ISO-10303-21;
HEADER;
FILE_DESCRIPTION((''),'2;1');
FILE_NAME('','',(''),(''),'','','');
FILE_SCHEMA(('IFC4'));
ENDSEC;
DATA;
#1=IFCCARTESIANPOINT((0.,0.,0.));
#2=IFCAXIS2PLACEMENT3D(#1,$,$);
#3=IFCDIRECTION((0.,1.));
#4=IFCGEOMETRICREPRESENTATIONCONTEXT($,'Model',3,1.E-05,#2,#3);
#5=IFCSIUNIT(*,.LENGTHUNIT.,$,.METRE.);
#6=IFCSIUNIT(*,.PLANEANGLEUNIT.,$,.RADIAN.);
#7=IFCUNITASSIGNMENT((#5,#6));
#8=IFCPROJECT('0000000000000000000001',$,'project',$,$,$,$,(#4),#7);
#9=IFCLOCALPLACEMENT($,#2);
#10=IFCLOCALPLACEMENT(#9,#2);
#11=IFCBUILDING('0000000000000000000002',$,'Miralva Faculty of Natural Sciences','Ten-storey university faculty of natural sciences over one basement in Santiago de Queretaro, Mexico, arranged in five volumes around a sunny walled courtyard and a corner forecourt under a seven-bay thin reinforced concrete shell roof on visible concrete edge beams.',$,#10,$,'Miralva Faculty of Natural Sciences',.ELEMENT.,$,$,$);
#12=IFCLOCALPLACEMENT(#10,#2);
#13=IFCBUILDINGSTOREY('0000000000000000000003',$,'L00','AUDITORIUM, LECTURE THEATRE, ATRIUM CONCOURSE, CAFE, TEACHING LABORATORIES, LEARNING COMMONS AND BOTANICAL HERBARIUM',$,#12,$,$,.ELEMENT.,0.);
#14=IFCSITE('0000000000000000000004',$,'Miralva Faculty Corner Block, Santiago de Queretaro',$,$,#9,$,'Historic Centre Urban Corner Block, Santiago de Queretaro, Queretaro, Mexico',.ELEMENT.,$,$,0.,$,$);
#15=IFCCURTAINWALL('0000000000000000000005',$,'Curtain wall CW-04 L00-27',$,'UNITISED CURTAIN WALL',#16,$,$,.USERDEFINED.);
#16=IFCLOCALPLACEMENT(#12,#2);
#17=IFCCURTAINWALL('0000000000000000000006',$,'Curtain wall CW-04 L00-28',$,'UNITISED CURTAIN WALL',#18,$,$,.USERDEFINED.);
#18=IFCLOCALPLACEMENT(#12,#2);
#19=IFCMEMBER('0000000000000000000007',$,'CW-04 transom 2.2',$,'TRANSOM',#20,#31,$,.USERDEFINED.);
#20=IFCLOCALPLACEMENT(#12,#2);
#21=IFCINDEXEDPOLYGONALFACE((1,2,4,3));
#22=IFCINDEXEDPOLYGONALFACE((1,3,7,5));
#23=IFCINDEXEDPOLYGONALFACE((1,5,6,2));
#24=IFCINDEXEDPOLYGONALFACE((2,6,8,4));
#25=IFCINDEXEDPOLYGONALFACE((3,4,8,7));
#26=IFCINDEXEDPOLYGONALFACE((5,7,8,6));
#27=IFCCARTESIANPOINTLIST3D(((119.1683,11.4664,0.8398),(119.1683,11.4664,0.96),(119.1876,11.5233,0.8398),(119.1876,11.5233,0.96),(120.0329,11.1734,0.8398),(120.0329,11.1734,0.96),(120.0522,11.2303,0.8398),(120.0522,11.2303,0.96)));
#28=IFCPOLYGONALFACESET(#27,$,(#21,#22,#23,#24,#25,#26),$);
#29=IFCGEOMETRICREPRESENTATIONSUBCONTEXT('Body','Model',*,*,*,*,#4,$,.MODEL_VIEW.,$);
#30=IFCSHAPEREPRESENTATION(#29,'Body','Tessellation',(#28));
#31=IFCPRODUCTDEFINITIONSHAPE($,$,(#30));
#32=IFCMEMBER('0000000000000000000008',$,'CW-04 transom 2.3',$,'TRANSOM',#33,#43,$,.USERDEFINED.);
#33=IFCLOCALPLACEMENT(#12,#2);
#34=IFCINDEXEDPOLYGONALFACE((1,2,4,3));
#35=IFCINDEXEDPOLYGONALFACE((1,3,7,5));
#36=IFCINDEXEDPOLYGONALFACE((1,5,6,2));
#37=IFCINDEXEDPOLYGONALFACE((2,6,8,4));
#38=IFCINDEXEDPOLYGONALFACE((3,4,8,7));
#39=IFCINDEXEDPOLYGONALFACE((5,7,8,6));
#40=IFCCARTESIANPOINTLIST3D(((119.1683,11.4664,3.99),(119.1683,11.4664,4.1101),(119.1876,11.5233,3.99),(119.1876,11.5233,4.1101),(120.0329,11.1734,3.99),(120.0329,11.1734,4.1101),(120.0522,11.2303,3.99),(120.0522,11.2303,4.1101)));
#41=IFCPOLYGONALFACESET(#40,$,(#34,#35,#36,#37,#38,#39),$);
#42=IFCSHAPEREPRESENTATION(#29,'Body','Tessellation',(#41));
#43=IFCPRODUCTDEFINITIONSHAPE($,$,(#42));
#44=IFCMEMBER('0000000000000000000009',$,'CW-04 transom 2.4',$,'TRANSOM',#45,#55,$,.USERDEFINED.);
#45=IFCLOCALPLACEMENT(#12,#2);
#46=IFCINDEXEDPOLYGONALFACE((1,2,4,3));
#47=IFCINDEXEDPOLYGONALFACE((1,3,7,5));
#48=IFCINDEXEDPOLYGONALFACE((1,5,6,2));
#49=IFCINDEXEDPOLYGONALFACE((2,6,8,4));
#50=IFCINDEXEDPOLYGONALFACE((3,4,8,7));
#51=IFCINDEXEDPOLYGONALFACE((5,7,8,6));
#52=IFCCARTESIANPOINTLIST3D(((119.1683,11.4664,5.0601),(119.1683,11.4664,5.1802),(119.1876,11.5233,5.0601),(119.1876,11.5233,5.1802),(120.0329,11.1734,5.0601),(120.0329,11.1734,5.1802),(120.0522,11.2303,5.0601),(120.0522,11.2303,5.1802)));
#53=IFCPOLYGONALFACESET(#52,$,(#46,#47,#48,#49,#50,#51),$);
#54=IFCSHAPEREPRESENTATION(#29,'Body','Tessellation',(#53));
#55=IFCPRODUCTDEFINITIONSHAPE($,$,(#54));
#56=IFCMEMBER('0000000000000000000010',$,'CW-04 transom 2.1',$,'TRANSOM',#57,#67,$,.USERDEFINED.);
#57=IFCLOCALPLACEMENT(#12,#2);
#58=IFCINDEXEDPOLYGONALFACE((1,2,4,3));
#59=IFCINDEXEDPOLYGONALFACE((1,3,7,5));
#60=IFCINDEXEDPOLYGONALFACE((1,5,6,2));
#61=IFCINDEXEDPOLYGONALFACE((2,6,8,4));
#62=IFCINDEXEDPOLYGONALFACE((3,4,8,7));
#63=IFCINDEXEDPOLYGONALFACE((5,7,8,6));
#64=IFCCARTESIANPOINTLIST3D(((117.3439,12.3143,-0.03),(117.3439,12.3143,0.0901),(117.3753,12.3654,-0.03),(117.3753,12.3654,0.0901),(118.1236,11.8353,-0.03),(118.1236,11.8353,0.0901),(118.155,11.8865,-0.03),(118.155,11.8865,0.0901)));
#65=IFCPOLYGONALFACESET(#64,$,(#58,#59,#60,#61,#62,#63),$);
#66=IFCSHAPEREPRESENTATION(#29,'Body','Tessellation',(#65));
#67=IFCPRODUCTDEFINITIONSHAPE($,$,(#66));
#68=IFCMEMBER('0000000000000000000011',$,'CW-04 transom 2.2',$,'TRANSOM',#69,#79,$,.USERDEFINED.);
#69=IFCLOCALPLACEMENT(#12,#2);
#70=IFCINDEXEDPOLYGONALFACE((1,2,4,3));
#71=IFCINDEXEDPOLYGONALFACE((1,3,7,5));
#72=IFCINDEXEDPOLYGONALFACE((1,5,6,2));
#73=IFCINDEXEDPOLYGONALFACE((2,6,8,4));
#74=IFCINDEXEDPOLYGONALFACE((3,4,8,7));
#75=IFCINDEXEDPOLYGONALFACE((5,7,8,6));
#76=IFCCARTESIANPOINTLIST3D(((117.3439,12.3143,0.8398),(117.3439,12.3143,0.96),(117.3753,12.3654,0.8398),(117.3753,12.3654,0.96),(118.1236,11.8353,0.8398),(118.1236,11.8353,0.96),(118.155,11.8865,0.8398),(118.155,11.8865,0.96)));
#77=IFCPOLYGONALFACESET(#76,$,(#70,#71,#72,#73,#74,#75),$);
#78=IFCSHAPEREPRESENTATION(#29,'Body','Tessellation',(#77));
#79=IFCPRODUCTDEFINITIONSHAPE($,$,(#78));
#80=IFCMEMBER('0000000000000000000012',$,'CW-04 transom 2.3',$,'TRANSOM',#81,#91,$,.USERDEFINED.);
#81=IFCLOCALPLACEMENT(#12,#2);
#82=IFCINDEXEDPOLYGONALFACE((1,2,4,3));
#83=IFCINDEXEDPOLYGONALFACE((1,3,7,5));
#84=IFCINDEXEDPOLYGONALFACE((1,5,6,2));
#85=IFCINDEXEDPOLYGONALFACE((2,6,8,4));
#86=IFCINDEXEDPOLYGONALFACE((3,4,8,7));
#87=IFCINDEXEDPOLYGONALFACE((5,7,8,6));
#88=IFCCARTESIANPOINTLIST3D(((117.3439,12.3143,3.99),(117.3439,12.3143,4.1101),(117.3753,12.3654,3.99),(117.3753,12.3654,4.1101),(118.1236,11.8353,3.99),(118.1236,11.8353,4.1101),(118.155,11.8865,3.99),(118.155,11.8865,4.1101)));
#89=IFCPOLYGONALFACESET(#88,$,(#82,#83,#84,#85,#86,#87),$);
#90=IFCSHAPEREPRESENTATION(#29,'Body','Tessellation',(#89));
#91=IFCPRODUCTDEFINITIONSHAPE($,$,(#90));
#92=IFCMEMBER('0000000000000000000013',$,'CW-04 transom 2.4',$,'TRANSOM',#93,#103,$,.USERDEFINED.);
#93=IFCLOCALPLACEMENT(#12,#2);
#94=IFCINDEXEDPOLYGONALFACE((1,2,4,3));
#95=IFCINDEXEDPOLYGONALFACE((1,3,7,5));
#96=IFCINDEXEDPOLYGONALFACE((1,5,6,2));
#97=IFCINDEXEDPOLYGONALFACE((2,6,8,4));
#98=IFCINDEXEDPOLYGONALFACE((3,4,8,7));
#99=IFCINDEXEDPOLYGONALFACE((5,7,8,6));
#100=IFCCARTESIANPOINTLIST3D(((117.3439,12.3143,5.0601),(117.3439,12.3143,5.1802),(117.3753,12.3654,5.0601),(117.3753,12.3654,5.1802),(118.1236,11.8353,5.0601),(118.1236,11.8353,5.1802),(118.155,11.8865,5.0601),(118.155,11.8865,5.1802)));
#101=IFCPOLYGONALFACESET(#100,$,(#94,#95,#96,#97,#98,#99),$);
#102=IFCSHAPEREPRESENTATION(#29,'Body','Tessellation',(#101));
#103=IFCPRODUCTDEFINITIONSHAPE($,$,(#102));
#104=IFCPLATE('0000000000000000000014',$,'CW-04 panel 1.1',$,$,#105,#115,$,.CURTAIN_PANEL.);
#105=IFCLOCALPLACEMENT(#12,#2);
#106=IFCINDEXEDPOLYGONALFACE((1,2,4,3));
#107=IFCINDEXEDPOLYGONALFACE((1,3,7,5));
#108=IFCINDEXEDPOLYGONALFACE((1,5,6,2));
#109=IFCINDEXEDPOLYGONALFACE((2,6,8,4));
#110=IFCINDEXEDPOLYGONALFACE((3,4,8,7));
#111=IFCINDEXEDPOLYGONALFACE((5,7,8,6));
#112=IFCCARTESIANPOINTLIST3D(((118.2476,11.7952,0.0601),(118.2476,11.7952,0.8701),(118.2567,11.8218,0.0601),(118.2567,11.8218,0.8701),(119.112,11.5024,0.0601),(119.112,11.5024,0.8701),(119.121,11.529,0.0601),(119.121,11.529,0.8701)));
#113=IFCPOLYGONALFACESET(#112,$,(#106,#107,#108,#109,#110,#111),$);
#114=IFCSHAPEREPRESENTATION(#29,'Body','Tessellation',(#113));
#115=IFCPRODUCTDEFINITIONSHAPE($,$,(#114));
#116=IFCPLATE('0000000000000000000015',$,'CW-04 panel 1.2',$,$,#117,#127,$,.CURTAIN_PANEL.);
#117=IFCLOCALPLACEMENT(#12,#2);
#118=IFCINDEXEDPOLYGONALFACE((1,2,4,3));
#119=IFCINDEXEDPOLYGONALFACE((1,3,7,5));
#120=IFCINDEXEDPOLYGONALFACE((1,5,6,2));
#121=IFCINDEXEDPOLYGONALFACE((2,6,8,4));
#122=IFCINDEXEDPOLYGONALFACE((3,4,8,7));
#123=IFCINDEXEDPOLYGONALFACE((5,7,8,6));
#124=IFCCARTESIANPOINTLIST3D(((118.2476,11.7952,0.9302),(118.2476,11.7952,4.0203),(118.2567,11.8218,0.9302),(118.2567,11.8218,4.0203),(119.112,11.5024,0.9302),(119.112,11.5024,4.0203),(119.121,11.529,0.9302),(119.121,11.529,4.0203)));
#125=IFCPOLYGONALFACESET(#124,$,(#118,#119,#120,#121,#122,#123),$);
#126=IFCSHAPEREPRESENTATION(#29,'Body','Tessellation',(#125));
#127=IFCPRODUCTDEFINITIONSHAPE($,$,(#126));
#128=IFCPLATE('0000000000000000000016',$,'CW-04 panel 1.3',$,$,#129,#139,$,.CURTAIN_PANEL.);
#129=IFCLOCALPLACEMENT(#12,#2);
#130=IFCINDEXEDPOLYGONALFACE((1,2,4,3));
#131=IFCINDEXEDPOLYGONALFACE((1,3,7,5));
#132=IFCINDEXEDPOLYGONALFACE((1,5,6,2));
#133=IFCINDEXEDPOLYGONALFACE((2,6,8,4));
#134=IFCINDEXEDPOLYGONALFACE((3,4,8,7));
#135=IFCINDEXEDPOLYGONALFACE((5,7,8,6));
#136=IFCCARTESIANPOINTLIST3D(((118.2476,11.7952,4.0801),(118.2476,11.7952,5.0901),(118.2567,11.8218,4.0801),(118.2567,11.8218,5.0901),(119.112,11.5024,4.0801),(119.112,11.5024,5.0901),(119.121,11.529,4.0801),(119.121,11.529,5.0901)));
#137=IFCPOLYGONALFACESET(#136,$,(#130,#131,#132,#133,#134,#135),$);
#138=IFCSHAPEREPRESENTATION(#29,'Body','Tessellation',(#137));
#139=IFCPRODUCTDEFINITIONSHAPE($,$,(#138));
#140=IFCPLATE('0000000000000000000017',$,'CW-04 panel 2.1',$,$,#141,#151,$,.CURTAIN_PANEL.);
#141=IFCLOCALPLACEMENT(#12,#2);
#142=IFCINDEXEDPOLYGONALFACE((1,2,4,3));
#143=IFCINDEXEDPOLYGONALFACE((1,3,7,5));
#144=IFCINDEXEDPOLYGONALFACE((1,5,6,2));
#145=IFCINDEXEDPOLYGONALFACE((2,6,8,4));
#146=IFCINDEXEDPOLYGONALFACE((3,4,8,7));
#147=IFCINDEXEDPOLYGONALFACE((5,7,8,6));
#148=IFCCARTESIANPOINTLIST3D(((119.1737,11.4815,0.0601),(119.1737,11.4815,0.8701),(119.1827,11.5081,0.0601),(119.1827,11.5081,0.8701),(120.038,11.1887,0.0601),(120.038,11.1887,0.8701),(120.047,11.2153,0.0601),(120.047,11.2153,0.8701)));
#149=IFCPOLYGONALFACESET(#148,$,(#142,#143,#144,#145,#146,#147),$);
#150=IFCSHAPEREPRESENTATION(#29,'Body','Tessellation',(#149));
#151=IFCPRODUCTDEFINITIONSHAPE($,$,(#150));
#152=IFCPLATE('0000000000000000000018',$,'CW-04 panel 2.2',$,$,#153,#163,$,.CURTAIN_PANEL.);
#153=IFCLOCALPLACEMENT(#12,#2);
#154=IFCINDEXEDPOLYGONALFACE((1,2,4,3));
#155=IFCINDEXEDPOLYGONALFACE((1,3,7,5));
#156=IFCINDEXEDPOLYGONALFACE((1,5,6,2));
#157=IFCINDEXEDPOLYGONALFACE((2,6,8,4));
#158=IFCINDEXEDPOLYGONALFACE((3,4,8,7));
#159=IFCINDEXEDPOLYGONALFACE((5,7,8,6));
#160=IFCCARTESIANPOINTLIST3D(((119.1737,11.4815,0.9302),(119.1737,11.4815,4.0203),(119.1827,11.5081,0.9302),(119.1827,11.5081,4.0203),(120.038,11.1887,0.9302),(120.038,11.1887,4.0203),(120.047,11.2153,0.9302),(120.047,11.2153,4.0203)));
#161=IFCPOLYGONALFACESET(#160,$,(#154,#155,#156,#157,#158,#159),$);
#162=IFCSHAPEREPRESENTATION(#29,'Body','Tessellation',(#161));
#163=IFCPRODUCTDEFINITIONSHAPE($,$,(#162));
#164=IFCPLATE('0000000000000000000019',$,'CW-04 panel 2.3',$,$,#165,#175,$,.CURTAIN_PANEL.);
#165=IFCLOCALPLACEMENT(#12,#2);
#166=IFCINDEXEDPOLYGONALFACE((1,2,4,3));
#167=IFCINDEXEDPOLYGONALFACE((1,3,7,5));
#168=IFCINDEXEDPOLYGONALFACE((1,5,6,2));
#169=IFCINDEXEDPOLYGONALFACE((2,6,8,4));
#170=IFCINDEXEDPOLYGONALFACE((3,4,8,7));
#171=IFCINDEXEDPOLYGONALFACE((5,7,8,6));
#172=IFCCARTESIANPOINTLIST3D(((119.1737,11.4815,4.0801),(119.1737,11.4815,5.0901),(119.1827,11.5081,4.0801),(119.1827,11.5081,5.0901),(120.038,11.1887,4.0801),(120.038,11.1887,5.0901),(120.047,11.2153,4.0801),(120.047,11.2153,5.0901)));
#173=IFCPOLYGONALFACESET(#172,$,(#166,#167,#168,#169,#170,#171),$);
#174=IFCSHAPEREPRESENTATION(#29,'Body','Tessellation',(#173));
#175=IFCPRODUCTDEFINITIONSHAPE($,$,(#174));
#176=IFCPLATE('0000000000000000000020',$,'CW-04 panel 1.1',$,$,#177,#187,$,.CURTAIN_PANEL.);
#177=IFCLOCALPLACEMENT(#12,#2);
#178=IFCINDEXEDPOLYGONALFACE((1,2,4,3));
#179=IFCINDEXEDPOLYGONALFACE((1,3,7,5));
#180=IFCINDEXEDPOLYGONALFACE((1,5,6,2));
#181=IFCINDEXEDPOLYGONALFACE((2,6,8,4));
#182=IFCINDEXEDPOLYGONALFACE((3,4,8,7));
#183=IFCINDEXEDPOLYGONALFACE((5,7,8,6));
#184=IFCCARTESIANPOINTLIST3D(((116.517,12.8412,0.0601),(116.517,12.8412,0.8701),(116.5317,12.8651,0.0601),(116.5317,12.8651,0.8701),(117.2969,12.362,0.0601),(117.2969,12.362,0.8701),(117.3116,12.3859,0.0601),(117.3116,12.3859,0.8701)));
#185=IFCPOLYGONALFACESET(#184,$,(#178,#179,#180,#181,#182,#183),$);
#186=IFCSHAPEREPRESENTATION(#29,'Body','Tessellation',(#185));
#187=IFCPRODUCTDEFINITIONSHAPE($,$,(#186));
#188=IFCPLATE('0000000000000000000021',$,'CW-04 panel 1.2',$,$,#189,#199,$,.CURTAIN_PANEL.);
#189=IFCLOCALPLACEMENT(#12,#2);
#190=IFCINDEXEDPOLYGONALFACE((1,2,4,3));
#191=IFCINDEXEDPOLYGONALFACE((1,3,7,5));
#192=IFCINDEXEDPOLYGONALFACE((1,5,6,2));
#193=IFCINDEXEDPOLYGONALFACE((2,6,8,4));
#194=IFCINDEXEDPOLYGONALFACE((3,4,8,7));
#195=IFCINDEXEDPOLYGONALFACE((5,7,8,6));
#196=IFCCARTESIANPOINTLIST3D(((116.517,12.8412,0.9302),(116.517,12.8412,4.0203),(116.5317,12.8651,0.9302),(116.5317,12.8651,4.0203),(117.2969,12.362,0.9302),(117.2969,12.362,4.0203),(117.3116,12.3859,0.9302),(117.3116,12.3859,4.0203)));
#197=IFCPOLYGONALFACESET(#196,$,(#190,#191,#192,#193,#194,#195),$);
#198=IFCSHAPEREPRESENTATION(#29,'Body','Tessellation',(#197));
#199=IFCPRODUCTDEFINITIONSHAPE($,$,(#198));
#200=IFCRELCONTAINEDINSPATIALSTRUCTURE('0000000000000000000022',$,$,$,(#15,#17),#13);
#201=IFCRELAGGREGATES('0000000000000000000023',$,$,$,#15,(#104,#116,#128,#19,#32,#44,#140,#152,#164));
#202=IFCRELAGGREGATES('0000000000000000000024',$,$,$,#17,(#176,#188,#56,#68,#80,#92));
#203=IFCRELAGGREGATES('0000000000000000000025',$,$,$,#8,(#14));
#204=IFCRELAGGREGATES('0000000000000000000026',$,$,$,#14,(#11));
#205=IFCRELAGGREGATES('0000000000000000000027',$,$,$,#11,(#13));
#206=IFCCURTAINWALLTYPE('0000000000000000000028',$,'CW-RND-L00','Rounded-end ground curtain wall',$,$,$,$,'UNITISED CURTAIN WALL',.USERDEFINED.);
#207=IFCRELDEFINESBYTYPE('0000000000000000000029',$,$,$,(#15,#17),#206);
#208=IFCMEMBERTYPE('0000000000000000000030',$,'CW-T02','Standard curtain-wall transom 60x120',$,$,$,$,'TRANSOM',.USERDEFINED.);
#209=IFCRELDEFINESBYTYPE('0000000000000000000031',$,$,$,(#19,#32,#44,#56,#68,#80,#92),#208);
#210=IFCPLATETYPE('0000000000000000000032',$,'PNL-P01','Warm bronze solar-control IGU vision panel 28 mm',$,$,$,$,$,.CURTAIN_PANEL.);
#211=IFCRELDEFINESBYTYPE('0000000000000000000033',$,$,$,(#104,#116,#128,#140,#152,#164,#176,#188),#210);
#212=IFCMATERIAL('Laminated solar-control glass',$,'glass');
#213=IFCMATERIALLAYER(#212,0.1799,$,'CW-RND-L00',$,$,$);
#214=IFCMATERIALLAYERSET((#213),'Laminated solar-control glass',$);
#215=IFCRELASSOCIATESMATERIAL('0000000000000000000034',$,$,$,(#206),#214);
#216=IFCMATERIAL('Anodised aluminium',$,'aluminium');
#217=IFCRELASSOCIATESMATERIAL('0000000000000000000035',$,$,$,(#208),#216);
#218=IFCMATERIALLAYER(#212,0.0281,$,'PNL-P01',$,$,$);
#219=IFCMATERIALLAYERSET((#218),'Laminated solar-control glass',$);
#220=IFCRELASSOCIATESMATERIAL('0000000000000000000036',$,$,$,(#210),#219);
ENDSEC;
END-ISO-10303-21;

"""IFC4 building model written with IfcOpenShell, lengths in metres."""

from ifc_helpers import new_model, si_unit, direction, frame, origin, origin_2d, place, context, subcontext, project, spatial, rectangle, extrude, material, layer, layer_set, material_profile, profile_set, type_object, element, aggregate, save


model = new_model("IFC4")

# Units and contexts
model_context = context("Model", 3, precision=1e-05, world=origin(), true_north=direction((0.0, 1.0)))
body_context = subcontext(model_context, "Body", "Model", "MODEL_VIEW")
ifc_project = project(units=[si_unit("LENGTHUNIT", "METRE"), si_unit("PLANEANGLEUNIT", "RADIAN")], contexts=[model_context])

# Site, building, storey
site_placement = place(None, origin())
site = spatial("IfcSite", under=ifc_project, at=site_placement, Name="Miralva Faculty Corner Block, Santiago de Queretaro", LongName="Historic Centre Urban Corner Block, Santiago de Queretaro, Queretaro, Mexico", CompositionType="ELEMENT", RefElevation=0.0)
building_placement = place(site_placement, origin())
building = spatial("IfcBuilding", under=site, at=building_placement, Name="Miralva Faculty of Natural Sciences", Description="Ten-storey university faculty of natural sciences over one basement in Santiago de Queretaro, Mexico, arranged in five volumes around a sunny walled courtyard and a corner forecourt under a seven-bay thin reinforced concrete shell roof on visible concrete edge beams.", LongName="Miralva Faculty of Natural Sciences", CompositionType="ELEMENT")
storey_placement = place(building_placement, origin())
storey = spatial("IfcBuildingStorey", under=building, at=storey_placement, Name="L00", Description="AUDITORIUM, LECTURE THEATRE, ATRIUM CONCOURSE, CAFE, TEACHING LABORATORIES, LEARNING COMMONS AND BOTANICAL HERBARIUM", CompositionType="ELEMENT", Elevation=0.0)

# Shared definitions
ifc_material_1 = material(Name="Laminated solar-control glass", Category="glass")
ifc_layer_1 = layer(ifc_material_1, 0.1799, Name="CW-RND-L00")
ifc_layer_set_1 = layer_set([ifc_layer_1], Name="Laminated solar-control glass")
curtain_wall_type = type_object("IfcCurtainWallType", Name="CW-RND-L00", Description="Rounded-end ground curtain wall", ElementType="UNITISED CURTAIN WALL", PredefinedType="USERDEFINED", material=ifc_layer_set_1)
ifc_material_2 = material(Name="Anodised aluminium", Category="aluminium")

# Curtain walls
curtain_wall_1_placement = place(storey_placement, origin())
curtain_wall_1 = element("IfcCurtainWall", 1, at=curtain_wall_1_placement, inside=storey, type_object=curtain_wall_type, Name="Curtain wall CW-04 L00-27", ObjectType="UNITISED CURTAIN WALL", PredefinedType="USERDEFINED")
curtain_wall_2_placement = place(storey_placement, origin())
curtain_wall_2 = element("IfcCurtainWall", 2, at=curtain_wall_2_placement, inside=storey, type_object=curtain_wall_type, Name="Curtain wall CW-04 L00-28", ObjectType="UNITISED CURTAIN WALL", PredefinedType="USERDEFINED")

# Members
ifc_material_profile_1 = material_profile(ifc_material_2, rectangle(XDim=0.0601, YDim=0.1201, at=origin_2d()), Name="TRANSOM 60x120")
ifc_profile_set_1 = profile_set([ifc_material_profile_1], Name="Anodised aluminium")
member_type_1 = type_object("IfcMemberType", Name="CW-T02", Description="Standard curtain-wall transom 60x120", ElementType="TRANSOM", PredefinedType="USERDEFINED", material=ifc_profile_set_1)
member_1_placement = place(storey_placement, frame((119.178, 11.4949, 0.8999), z_axis=(0.947093, -0.320958, 0.0), x_axis=(0.320958, 0.947093, 0.0)))
member_1 = element("IfcMember", 3, at=member_1_placement, type_object=member_type_1, Name="CW-04 transom 2.2", ObjectType="TRANSOM", PredefinedType="USERDEFINED", context=body_context, shape_type="SweptSolid", body=[
    extrude(rectangle(XDim=0.0601, YDim=0.1201, at=origin_2d()), origin(), (0.0, 0.0, 1.0), 0.9128),
])
member_2_placement = place(storey_placement, frame((119.178, 11.4949, 4.05), z_axis=(0.947093, -0.320958, 0.0), x_axis=(0.320958, 0.947093, 0.0)))
member_2 = element("IfcMember", 4, at=member_2_placement, type_object=member_type_1, Name="CW-04 transom 2.3", ObjectType="TRANSOM", PredefinedType="USERDEFINED", context=body_context, shape_type="SweptSolid", body=[
    extrude(rectangle(XDim=0.0601, YDim=0.1201, at=origin_2d()), origin(), (0.0, 0.0, 1.0), 0.9128),
])
member_3_placement = place(storey_placement, frame((119.178, 11.4949, 5.1201), z_axis=(0.947093, -0.320958, 0.0), x_axis=(0.320958, 0.947093, 0.0)))
member_3 = element("IfcMember", 5, at=member_3_placement, type_object=member_type_1, Name="CW-04 transom 2.4", ObjectType="TRANSOM", PredefinedType="USERDEFINED", context=body_context, shape_type="SweptSolid", body=[
    extrude(rectangle(XDim=0.0601, YDim=0.1201, at=origin_2d()), origin(), (0.0, 0.0, 1.0), 0.9128),
])
member_4_placement = place(storey_placement, frame((117.3596, 12.3398, 0.03), z_axis=(0.852079, -0.523413, 0.0), x_axis=(0.523413, 0.852079, 0.0)))
member_4 = element("IfcMember", 6, at=member_4_placement, type_object=member_type_1, Name="CW-04 transom 2.1", ObjectType="TRANSOM", PredefinedType="USERDEFINED", context=body_context, shape_type="SweptSolid", body=[
    extrude(rectangle(XDim=0.0601, YDim=0.1201, at=origin_2d()), origin(), (0.0, 0.0, 1.0), 0.915),
])
member_5_placement = place(storey_placement, frame((117.3596, 12.3398, 0.8999), z_axis=(0.852079, -0.523413, 0.0), x_axis=(0.523413, 0.852079, 0.0)))
member_5 = element("IfcMember", 7, at=member_5_placement, type_object=member_type_1, Name="CW-04 transom 2.2", ObjectType="TRANSOM", PredefinedType="USERDEFINED", context=body_context, shape_type="SweptSolid", body=[
    extrude(rectangle(XDim=0.0601, YDim=0.1201, at=origin_2d()), origin(), (0.0, 0.0, 1.0), 0.915),
])
member_6_placement = place(storey_placement, frame((117.3596, 12.3398, 4.05), z_axis=(0.852079, -0.523413, 0.0), x_axis=(0.523413, 0.852079, 0.0)))
member_6 = element("IfcMember", 8, at=member_6_placement, type_object=member_type_1, Name="CW-04 transom 2.3", ObjectType="TRANSOM", PredefinedType="USERDEFINED", context=body_context, shape_type="SweptSolid", body=[
    extrude(rectangle(XDim=0.0601, YDim=0.1201, at=origin_2d()), origin(), (0.0, 0.0, 1.0), 0.915),
])
member_7_placement = place(storey_placement, frame((117.3596, 12.3398, 5.1201), z_axis=(0.852079, -0.523413, 0.0), x_axis=(0.523413, 0.852079, 0.0)))
member_7 = element("IfcMember", 9, at=member_7_placement, type_object=member_type_1, Name="CW-04 transom 2.4", ObjectType="TRANSOM", PredefinedType="USERDEFINED", context=body_context, shape_type="SweptSolid", body=[
    extrude(rectangle(XDim=0.0601, YDim=0.1201, at=origin_2d()), origin(), (0.0, 0.0, 1.0), 0.915),
])

# Plates
ifc_layer_2 = layer(ifc_material_1, 0.0281, Name="PNL-P01")
ifc_layer_set_2 = layer_set([ifc_layer_2], Name="Laminated solar-control glass")
plate_type = type_object("IfcPlateType", Name="PNL-P01", Description="Warm bronze solar-control IGU vision panel 28 mm", PredefinedType="CURTAIN_PANEL", material=ifc_layer_set_2)
plate_1_placement = place(storey_placement, frame((118.6843, 11.6621, 0.0601), z_axis=(0.0, 0.0, 1.0), x_axis=(0.947133, -0.320842, 0.0)))
plate_1 = element("IfcPlate", 10, at=plate_1_placement, type_object=plate_type, Name="CW-04 panel 1.1", PredefinedType="CURTAIN_PANEL", context=body_context, shape_type="SweptSolid", body=[
    extrude(rectangle(XDim=0.9126, YDim=0.0281, at=origin_2d()), origin(), (0.0, 0.0, 1.0), 0.8101),
])
plate_2_placement = place(storey_placement, frame((118.6843, 11.6621, 0.9302), z_axis=(0.0, 0.0, 1.0), x_axis=(0.947133, -0.320842, 0.0)))
plate_2 = element("IfcPlate", 11, at=plate_2_placement, type_object=plate_type, Name="CW-04 panel 1.2", PredefinedType="CURTAIN_PANEL", context=body_context, shape_type="SweptSolid", body=[
    extrude(rectangle(XDim=0.9126, YDim=0.0281, at=origin_2d()), origin(), (0.0, 0.0, 1.0), 3.0901),
])
plate_3_placement = place(storey_placement, frame((118.6843, 11.6621, 4.0801), z_axis=(0.0, 0.0, 1.0), x_axis=(0.947133, -0.320842, 0.0)))
plate_3 = element("IfcPlate", 12, at=plate_3_placement, type_object=plate_type, Name="CW-04 panel 1.3", PredefinedType="CURTAIN_PANEL", context=body_context, shape_type="SweptSolid", body=[
    extrude(rectangle(XDim=0.9126, YDim=0.0281, at=origin_2d()), origin(), (0.0, 0.0, 1.0), 1.01),
])
plate_4_placement = place(storey_placement, frame((119.6104, 11.3484, 0.0601), z_axis=(0.0, 0.0, 1.0), x_axis=(0.947133, -0.320842, 0.0)))
plate_4 = element("IfcPlate", 13, at=plate_4_placement, type_object=plate_type, Name="CW-04 panel 2.1", PredefinedType="CURTAIN_PANEL", context=body_context, shape_type="SweptSolid", body=[
    extrude(rectangle(XDim=0.9126, YDim=0.0281, at=origin_2d()), origin(), (0.0, 0.0, 1.0), 0.8101),
])
plate_5_placement = place(storey_placement, frame((119.6104, 11.3484, 0.9302), z_axis=(0.0, 0.0, 1.0), x_axis=(0.947133, -0.320842, 0.0)))
plate_5 = element("IfcPlate", 14, at=plate_5_placement, type_object=plate_type, Name="CW-04 panel 2.2", PredefinedType="CURTAIN_PANEL", context=body_context, shape_type="SweptSolid", body=[
    extrude(rectangle(XDim=0.9126, YDim=0.0281, at=origin_2d()), origin(), (0.0, 0.0, 1.0), 3.0901),
])
plate_6_placement = place(storey_placement, frame((119.6104, 11.3484, 4.0801), z_axis=(0.0, 0.0, 1.0), x_axis=(0.947133, -0.320842, 0.0)))
plate_6 = element("IfcPlate", 15, at=plate_6_placement, type_object=plate_type, Name="CW-04 panel 2.3", PredefinedType="CURTAIN_PANEL", context=body_context, shape_type="SweptSolid", body=[
    extrude(rectangle(XDim=0.9126, YDim=0.0281, at=origin_2d()), origin(), (0.0, 0.0, 1.0), 1.01),
])
aggregate(curtain_wall_1, [plate_1, plate_2, plate_3, member_1, member_2, member_3, plate_4, plate_5, plate_6])
plate_7_placement = place(storey_placement, frame((116.9143, 12.6135, 0.0601), z_axis=(0.0, 0.0, 1.0), x_axis=(0.852004, -0.523535, 0.0)))
plate_7 = element("IfcPlate", 16, at=plate_7_placement, type_object=plate_type, Name="CW-04 panel 1.1", PredefinedType="CURTAIN_PANEL", context=body_context, shape_type="SweptSolid", body=[
    extrude(rectangle(XDim=0.9153, YDim=0.0281, at=origin_2d()), origin(), (0.0, 0.0, 1.0), 0.8101),
])
plate_8_placement = place(storey_placement, frame((116.9143, 12.6135, 0.9302), z_axis=(0.0, 0.0, 1.0), x_axis=(0.852004, -0.523535, 0.0)))
plate_8 = element("IfcPlate", 17, at=plate_8_placement, type_object=plate_type, Name="CW-04 panel 1.2", PredefinedType="CURTAIN_PANEL", context=body_context, shape_type="SweptSolid", body=[
    extrude(rectangle(XDim=0.9153, YDim=0.0281, at=origin_2d()), origin(), (0.0, 0.0, 1.0), 3.0901),
])
aggregate(curtain_wall_2, [plate_7, plate_8, member_4, member_5, member_6, member_7])

save(model, "model.ifc")
